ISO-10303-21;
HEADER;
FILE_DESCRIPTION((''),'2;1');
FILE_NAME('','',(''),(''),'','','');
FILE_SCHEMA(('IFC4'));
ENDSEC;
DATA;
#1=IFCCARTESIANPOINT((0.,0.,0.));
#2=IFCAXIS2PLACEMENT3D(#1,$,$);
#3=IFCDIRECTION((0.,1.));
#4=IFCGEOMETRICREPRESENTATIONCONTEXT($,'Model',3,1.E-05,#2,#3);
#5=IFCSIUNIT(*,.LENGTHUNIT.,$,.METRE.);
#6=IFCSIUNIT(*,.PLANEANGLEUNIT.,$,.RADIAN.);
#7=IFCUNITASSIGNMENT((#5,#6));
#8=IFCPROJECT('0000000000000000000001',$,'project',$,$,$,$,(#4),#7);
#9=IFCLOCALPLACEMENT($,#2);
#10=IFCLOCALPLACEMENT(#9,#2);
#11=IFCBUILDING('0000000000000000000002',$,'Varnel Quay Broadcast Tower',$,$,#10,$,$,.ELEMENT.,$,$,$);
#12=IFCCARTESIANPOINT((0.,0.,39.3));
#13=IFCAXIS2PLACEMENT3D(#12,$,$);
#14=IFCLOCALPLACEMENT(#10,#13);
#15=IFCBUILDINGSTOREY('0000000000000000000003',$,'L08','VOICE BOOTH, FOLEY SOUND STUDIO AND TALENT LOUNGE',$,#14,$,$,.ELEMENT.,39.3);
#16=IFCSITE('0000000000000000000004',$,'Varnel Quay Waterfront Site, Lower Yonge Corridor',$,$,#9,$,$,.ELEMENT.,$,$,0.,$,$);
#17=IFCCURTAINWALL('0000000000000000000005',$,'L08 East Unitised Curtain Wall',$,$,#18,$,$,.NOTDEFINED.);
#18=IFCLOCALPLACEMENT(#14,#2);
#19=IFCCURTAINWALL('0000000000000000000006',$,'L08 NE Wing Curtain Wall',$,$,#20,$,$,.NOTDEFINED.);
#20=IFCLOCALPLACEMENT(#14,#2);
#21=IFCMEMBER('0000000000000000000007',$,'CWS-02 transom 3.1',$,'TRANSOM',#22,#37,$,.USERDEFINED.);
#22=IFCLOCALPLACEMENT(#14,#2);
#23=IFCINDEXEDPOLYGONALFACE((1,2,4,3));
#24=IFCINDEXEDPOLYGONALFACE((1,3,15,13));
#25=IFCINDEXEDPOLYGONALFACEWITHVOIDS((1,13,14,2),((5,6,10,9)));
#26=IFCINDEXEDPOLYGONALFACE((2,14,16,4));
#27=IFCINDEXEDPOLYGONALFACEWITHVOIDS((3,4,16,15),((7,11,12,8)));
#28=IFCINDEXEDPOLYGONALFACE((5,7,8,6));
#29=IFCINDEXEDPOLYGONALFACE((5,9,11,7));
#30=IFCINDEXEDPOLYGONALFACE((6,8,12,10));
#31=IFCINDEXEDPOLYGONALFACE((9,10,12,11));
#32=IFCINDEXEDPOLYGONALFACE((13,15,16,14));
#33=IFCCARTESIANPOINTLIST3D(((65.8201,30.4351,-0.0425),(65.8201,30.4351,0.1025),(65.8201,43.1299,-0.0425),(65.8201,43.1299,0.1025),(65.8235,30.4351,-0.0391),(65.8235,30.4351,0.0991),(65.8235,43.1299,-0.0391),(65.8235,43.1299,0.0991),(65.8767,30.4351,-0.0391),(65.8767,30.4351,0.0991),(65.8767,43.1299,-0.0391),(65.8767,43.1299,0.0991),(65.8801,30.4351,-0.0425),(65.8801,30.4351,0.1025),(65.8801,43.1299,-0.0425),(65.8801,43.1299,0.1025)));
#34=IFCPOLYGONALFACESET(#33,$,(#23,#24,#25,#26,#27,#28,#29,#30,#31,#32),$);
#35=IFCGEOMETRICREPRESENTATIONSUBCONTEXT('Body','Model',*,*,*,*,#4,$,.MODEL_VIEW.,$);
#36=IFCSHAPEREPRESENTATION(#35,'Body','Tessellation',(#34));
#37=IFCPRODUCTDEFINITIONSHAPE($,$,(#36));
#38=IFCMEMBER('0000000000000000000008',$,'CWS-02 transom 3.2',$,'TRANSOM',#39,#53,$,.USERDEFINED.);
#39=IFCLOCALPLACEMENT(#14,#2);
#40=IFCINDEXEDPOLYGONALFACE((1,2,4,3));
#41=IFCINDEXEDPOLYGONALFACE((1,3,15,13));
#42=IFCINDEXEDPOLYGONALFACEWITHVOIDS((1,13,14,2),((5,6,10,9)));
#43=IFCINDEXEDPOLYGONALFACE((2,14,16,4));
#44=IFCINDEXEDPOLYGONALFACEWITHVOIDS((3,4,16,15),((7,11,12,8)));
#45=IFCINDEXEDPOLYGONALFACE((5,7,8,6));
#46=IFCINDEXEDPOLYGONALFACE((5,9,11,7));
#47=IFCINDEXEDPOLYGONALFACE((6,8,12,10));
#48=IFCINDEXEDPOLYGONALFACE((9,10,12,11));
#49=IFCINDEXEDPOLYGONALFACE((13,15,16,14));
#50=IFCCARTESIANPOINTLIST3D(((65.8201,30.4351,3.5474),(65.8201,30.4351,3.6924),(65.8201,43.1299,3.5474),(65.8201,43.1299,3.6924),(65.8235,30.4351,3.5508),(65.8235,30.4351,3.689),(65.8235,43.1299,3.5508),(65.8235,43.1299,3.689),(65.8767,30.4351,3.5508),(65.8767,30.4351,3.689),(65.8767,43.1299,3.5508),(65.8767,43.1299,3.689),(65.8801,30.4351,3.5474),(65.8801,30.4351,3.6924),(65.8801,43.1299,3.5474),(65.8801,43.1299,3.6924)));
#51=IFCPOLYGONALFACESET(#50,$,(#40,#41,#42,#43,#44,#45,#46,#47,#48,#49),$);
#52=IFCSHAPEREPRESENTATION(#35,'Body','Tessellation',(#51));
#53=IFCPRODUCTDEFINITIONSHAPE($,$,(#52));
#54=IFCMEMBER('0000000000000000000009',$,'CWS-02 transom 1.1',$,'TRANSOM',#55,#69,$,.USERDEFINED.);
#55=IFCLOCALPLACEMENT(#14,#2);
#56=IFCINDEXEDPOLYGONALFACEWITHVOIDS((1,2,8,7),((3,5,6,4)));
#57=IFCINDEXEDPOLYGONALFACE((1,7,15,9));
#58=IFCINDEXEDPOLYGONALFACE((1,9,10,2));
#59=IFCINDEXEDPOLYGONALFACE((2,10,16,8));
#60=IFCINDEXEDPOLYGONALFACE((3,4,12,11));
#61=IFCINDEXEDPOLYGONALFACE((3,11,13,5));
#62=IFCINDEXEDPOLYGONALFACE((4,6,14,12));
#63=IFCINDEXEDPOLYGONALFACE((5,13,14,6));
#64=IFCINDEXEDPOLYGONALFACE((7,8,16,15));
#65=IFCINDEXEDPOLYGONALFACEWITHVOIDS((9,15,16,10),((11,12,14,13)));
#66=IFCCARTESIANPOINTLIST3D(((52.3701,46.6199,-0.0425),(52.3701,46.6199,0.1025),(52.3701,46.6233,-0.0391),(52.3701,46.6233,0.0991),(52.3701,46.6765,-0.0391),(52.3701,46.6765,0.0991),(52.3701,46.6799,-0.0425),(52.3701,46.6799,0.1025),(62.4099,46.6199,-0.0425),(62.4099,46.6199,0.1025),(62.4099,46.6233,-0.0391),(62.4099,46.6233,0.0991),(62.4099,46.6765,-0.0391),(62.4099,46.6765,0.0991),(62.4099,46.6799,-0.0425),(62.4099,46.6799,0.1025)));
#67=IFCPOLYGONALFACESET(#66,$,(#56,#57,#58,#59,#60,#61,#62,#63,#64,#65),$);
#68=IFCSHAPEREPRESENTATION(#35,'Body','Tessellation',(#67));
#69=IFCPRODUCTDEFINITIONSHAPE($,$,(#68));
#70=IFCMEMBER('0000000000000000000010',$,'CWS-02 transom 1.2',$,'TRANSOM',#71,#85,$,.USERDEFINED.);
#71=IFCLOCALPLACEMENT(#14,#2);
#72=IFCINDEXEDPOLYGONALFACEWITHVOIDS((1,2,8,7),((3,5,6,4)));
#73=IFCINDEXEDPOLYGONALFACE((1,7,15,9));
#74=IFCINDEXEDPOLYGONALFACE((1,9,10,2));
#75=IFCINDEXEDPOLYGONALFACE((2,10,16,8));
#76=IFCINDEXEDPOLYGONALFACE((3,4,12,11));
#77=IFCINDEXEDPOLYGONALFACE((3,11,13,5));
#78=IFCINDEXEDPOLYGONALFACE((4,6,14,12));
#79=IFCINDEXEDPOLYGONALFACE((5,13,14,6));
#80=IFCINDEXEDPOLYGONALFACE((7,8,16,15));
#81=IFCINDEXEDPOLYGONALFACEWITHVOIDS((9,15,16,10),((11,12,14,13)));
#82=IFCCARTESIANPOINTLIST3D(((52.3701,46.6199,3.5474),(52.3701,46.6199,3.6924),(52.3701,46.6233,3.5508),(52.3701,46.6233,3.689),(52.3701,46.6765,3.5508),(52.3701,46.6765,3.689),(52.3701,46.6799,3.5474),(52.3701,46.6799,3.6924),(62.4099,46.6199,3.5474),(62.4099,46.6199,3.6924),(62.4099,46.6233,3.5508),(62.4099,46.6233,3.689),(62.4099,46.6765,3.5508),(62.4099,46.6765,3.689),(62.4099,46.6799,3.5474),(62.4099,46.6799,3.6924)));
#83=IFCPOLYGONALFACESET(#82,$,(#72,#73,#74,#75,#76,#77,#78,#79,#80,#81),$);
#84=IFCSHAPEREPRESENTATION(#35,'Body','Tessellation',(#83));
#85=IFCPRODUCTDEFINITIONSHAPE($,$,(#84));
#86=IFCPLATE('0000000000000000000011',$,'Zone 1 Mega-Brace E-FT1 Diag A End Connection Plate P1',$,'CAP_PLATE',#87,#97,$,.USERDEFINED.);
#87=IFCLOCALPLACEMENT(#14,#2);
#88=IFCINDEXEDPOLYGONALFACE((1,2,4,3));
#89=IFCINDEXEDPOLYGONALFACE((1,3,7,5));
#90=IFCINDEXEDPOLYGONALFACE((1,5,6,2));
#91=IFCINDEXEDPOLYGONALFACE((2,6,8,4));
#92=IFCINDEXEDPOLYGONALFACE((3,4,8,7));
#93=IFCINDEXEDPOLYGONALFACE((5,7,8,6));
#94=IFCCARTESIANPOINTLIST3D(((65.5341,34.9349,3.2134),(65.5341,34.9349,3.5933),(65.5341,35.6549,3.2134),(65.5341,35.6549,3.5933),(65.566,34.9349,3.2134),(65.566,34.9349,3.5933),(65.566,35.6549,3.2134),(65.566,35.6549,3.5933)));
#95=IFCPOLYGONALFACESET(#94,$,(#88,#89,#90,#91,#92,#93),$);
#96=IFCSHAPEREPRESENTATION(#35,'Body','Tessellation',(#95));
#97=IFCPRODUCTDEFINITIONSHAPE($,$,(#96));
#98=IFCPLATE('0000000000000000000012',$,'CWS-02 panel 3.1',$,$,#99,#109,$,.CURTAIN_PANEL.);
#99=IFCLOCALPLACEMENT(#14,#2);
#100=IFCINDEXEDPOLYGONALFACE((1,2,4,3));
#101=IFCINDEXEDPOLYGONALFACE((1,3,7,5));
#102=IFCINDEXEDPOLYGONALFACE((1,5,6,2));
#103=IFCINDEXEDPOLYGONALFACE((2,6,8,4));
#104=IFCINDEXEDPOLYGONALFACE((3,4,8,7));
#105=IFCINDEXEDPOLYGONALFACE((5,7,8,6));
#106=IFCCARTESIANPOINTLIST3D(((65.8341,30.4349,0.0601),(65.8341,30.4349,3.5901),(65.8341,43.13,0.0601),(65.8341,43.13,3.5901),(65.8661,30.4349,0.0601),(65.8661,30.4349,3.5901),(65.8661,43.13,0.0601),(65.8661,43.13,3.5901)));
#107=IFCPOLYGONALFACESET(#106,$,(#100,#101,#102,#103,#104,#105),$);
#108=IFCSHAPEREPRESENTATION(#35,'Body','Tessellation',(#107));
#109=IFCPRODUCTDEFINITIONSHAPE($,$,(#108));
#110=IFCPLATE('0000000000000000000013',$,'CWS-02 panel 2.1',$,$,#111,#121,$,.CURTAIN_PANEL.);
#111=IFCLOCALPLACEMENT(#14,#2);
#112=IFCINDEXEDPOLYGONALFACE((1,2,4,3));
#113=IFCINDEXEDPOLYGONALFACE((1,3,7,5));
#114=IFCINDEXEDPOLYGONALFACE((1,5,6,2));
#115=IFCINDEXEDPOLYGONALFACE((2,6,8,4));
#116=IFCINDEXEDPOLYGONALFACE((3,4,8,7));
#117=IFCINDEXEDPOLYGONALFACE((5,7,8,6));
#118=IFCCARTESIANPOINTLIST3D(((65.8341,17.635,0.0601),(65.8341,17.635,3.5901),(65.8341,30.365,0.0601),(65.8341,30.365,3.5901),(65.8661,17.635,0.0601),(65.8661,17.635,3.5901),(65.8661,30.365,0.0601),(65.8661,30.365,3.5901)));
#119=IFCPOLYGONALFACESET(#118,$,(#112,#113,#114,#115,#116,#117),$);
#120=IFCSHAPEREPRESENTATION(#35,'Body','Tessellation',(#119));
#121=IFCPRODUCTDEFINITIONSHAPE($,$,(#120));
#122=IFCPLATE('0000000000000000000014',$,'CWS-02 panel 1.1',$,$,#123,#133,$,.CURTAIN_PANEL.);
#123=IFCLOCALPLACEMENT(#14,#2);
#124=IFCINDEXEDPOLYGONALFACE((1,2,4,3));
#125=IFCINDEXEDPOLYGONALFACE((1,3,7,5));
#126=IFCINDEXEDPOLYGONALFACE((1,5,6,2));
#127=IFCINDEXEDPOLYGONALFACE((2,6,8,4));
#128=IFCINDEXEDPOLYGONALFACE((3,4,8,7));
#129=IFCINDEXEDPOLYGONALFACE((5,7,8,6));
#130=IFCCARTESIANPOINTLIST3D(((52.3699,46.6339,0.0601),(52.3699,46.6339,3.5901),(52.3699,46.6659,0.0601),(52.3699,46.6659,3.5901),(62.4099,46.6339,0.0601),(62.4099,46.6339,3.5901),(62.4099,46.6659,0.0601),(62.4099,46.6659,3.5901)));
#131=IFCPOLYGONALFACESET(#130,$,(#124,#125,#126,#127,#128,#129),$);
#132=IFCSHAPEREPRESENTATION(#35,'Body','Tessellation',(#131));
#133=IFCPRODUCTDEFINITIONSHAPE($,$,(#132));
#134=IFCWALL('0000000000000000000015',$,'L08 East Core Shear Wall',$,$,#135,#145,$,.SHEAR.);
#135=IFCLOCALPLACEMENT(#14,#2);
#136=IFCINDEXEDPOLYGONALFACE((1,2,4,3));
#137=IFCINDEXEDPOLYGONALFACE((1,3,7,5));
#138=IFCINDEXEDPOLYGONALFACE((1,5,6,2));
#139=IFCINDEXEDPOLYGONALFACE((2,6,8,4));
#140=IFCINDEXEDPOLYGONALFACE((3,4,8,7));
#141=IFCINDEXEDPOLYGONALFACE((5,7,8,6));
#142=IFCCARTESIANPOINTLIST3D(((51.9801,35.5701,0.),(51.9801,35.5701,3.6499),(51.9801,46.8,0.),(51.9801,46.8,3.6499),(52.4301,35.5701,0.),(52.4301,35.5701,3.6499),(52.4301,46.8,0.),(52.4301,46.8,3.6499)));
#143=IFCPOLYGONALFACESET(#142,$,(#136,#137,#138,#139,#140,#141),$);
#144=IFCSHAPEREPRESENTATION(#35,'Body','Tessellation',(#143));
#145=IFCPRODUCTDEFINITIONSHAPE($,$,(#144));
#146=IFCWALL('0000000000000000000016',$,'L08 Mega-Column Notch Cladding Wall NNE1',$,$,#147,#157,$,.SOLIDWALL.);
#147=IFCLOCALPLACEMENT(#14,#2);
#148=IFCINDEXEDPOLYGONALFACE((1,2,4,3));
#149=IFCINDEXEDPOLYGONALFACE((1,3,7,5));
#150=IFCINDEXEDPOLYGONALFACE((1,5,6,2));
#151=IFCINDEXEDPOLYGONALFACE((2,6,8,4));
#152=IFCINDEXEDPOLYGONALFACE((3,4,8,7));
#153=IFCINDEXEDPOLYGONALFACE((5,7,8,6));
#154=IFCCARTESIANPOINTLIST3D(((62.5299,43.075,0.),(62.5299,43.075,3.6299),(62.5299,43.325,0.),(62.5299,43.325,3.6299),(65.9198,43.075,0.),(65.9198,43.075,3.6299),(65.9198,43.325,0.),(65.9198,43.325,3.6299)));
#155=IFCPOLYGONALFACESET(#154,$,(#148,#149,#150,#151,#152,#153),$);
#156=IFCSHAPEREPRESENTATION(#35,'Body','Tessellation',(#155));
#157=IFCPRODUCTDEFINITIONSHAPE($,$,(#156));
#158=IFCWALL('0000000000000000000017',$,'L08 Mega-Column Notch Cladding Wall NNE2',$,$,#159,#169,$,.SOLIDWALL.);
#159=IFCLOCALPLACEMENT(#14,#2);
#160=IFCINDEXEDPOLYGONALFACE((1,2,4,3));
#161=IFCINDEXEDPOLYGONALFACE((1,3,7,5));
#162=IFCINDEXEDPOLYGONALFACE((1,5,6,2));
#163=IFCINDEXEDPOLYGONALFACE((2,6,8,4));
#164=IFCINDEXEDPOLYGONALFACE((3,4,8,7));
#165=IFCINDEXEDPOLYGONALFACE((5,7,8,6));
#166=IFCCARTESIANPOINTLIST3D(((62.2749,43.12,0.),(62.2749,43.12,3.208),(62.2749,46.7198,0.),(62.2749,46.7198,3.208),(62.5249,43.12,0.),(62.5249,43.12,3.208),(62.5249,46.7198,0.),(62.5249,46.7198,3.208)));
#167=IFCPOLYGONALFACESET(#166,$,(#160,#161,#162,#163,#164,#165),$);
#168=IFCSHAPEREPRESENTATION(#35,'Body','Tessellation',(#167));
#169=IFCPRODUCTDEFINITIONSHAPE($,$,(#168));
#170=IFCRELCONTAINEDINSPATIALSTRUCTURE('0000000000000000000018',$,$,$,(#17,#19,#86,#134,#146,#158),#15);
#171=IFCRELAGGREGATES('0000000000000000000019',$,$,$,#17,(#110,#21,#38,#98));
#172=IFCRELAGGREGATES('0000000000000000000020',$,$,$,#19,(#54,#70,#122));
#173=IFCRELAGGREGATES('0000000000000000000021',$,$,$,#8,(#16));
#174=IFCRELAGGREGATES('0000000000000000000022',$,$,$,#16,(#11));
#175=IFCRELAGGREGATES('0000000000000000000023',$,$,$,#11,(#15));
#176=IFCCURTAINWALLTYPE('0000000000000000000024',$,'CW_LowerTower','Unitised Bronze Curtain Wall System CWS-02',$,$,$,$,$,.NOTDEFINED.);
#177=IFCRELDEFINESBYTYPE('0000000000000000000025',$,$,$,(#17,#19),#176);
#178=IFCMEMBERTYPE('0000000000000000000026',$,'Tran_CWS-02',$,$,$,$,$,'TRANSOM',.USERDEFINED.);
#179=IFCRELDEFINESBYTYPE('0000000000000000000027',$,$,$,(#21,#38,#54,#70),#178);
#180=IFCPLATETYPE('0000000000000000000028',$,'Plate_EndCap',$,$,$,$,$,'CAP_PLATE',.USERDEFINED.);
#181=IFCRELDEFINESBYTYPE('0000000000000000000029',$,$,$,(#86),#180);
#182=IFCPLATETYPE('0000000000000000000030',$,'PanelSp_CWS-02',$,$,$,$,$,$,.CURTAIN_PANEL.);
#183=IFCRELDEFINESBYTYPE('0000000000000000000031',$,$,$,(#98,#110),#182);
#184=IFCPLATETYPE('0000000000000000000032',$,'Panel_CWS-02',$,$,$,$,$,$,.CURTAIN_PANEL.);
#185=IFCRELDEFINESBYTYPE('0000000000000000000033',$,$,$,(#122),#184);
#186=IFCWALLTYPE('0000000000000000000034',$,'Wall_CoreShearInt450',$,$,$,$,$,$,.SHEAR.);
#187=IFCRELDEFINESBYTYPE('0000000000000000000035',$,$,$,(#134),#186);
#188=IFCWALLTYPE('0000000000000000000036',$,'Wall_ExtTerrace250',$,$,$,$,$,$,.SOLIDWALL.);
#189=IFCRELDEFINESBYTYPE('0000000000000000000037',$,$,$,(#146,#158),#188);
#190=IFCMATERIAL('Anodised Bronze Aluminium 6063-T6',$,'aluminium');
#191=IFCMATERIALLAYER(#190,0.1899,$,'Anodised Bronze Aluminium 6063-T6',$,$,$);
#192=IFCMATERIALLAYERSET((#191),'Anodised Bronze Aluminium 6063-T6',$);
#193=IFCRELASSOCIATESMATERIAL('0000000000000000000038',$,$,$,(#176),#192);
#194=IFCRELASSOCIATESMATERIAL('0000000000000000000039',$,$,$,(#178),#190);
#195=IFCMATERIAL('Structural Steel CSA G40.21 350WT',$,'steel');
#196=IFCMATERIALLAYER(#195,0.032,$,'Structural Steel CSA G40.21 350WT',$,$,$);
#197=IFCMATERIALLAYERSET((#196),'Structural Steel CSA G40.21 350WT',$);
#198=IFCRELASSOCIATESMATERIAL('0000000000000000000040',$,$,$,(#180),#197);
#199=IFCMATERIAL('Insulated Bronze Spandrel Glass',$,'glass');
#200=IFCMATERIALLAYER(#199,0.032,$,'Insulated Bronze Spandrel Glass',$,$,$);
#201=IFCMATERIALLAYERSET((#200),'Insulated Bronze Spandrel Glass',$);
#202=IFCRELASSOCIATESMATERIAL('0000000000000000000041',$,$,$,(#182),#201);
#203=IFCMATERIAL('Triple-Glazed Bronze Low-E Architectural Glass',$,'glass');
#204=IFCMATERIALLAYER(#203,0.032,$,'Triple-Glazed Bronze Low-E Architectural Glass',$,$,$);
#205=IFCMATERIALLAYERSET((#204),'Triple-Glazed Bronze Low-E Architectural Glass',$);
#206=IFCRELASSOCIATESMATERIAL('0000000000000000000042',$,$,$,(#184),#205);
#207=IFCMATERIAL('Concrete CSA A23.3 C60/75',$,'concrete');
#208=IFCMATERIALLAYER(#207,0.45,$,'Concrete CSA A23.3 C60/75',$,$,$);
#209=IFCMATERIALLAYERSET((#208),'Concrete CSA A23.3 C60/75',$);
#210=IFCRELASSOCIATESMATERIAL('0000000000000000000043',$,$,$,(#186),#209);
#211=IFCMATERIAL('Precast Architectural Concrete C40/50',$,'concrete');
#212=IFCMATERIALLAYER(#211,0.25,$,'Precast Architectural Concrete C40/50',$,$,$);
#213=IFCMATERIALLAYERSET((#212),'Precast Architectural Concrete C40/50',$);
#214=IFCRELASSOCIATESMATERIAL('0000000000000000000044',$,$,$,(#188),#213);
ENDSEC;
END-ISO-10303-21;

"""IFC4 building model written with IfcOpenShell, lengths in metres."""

from ifc_helpers import new_model, si_unit, direction, frame, frame_2d, origin, origin_2d, place, context, subcontext, project, spatial, rectangle, hollow_rectangle, extrude, source, transform, mapped, material, layer, layer_set, material_profile, profile_set, type_object, type_shapes, element, aggregate, save


model = new_model("IFC4")

# Units and contexts
model_context = context("Model", 3, precision=1e-05, world=origin(), true_north=direction((0.0, 1.0)))
body_context = subcontext(model_context, "Body", "Model", "MODEL_VIEW")
ifc_project = project(units=[si_unit("LENGTHUNIT", "METRE"), si_unit("PLANEANGLEUNIT", "RADIAN")], contexts=[model_context])

# Site, building, storey
site_placement = place(None, origin())
site = spatial("IfcSite", under=ifc_project, at=site_placement, Name="Varnel Quay Waterfront Site, Lower Yonge Corridor", CompositionType="ELEMENT", RefElevation=0.0)
building_placement = place(site_placement, origin())
building = spatial("IfcBuilding", under=site, at=building_placement, Name="Varnel Quay Broadcast Tower", CompositionType="ELEMENT")
storey_placement = place(building_placement, frame((0.0, 0.0, 39.3)))
storey = spatial("IfcBuildingStorey", under=building, at=storey_placement, Name="L08", Description="VOICE BOOTH, FOLEY SOUND STUDIO AND TALENT LOUNGE", CompositionType="ELEMENT", Elevation=39.3)

# Shared definitions
ifc_material_1 = material(Name="Structural Steel CSA G40.21 350WT", Category="steel")

# Curtain walls
ifc_material_2 = material(Name="Anodised Bronze Aluminium 6063-T6", Category="aluminium")
ifc_layer_1 = layer(ifc_material_2, 0.1899, Name="Anodised Bronze Aluminium 6063-T6")
ifc_layer_set_1 = layer_set([ifc_layer_1], Name="Anodised Bronze Aluminium 6063-T6")
curtain_wall_type = type_object("IfcCurtainWallType", Name="CW_LowerTower", Description="Unitised Bronze Curtain Wall System CWS-02", PredefinedType="NOTDEFINED", material=ifc_layer_set_1)
curtain_wall_1_placement = place(storey_placement, origin())
curtain_wall_1 = element("IfcCurtainWall", 1, at=curtain_wall_1_placement, inside=storey, type_object=curtain_wall_type, Name="L08 East Unitised Curtain Wall", PredefinedType="NOTDEFINED")
curtain_wall_2_placement = place(storey_placement, origin())
curtain_wall_2 = element("IfcCurtainWall", 2, at=curtain_wall_2_placement, inside=storey, type_object=curtain_wall_type, Name="L08 NE Wing Curtain Wall", PredefinedType="NOTDEFINED")

# Members
ifc_material_profile_1 = material_profile(ifc_material_2, hollow_rectangle(XDim=0.0601, YDim=0.145, WallThickness=0.0034, at=origin_2d()), Name="ALU60X145X3.5")
ifc_profile_set_1 = profile_set([ifc_material_profile_1], Name="Anodised Bronze Aluminium 6063-T6")
member_type_1 = type_object("IfcMemberType", Name="Tran_CWS-02", ElementType="TRANSOM", PredefinedType="USERDEFINED", material=ifc_profile_set_1)
shared_shape_1 = source(origin(), body_context, "Body", "SweptSolid", [
    extrude(hollow_rectangle(XDim=0.0601, YDim=0.145, WallThickness=0.0034, at=origin_2d()), origin(), (0.0, 0.0, 1.0), 12.6948),
])
member_1_placement = place(storey_placement, frame((65.8501, 30.4351, 0.03), z_axis=(0.0, 1.0, 0.0), x_axis=(-1.0, 0.0, 0.0)))
member_1 = element("IfcMember", 3, at=member_1_placement, type_object=member_type_1, Name="CWS-02 transom 3.1", ObjectType="TRANSOM", PredefinedType="USERDEFINED", context=body_context, shape_type="MappedRepresentation", body=[
    mapped(shared_shape_1, transform((0.0, 0.0, 0.0), x_axis=(1.0, 0.0, 0.0), y_axis=(0.0, 1.0, 0.0), z_axis=(0.0, 0.0, 1.0), scale=1.0)),
])
member_2_placement = place(storey_placement, frame((65.8501, 30.4351, 3.6199), z_axis=(0.0, 1.0, 0.0), x_axis=(-1.0, 0.0, 0.0)))
member_2 = element("IfcMember", 4, at=member_2_placement, type_object=member_type_1, Name="CWS-02 transom 3.2", ObjectType="TRANSOM", PredefinedType="USERDEFINED", context=body_context, shape_type="MappedRepresentation", body=[
    mapped(shared_shape_1, transform((0.0, 0.0, 0.0), x_axis=(1.0, 0.0, 0.0), y_axis=(0.0, 1.0, 0.0), z_axis=(0.0, 0.0, 1.0), scale=1.0)),
])
shared_shape_2 = source(origin(), body_context, "Body", "SweptSolid", [
    extrude(hollow_rectangle(XDim=0.0601, YDim=0.145, WallThickness=0.0034, at=origin_2d()), origin(), (0.0, 0.0, 1.0), 10.0398),
])
type_shapes(member_type_1, [shared_shape_1, shared_shape_2])
member_3_placement = place(storey_placement, frame((52.3701, 46.6499, 0.03), z_axis=(1.0, 0.0, 0.0), x_axis=(0.0, 1.0, 0.0)))
member_3 = element("IfcMember", 5, at=member_3_placement, type_object=member_type_1, Name="CWS-02 transom 1.1", ObjectType="TRANSOM", PredefinedType="USERDEFINED", context=body_context, shape_type="MappedRepresentation", body=[
    mapped(shared_shape_2, transform((0.0, 0.0, 0.0), x_axis=(1.0, 0.0, 0.0), y_axis=(0.0, 1.0, 0.0), z_axis=(0.0, 0.0, 1.0), scale=1.0)),
])
member_4_placement = place(storey_placement, frame((52.3701, 46.6499, 3.6199), z_axis=(1.0, 0.0, 0.0), x_axis=(0.0, 1.0, 0.0)))
member_4 = element("IfcMember", 6, at=member_4_placement, type_object=member_type_1, Name="CWS-02 transom 1.2", ObjectType="TRANSOM", PredefinedType="USERDEFINED", context=body_context, shape_type="MappedRepresentation", body=[
    mapped(shared_shape_2, transform((0.0, 0.0, 0.0), x_axis=(1.0, 0.0, 0.0), y_axis=(0.0, 1.0, 0.0), z_axis=(0.0, 0.0, 1.0), scale=1.0)),
])

# Plates
ifc_layer_2 = layer(ifc_material_1, 0.032, Name="Structural Steel CSA G40.21 350WT")
ifc_layer_set_2 = layer_set([ifc_layer_2], Name="Structural Steel CSA G40.21 350WT")
plate_type_1 = type_object("IfcPlateType", Name="Plate_EndCap", ElementType="CAP_PLATE", PredefinedType="USERDEFINED", material=ifc_layer_set_2)
shared_shape_3 = source(origin(), body_context, "Body", "SweptSolid", [
    extrude(rectangle(XDim=0.72, YDim=0.032, at=origin_2d()), origin(), (0.0, 0.0, 1.0), 0.3799),
])
type_shapes(plate_type_1, [shared_shape_3])
plate_1_placement = place(storey_placement, frame((65.55, 35.2949, 3.2134), z_axis=(0.0, 0.0, 1.0), x_axis=(0.0, 1.0, 0.0)))
element("IfcPlate", 7, at=plate_1_placement, inside=storey, type_object=plate_type_1, Name="Zone 1 Mega-Brace E-FT1 Diag A End Connection Plate P1", ObjectType="CAP_PLATE", PredefinedType="USERDEFINED", context=body_context, shape_type="MappedRepresentation", body=[
    mapped(shared_shape_3, transform((0.0, 0.0, 0.0), x_axis=(1.0, 0.0, 0.0), y_axis=(0.0, 1.0, 0.0), z_axis=(0.0, 0.0, 1.0), scale=1.0)),
])
ifc_material_3 = material(Name="Insulated Bronze Spandrel Glass", Category="glass")
ifc_layer_3 = layer(ifc_material_3, 0.032, Name="Insulated Bronze Spandrel Glass")
ifc_layer_set_3 = layer_set([ifc_layer_3], Name="Insulated Bronze Spandrel Glass")
plate_type_2 = type_object("IfcPlateType", Name="PanelSp_CWS-02", PredefinedType="CURTAIN_PANEL", material=ifc_layer_set_3)
shared_shape_4 = source(origin(), body_context, "Body", "SweptSolid", [
    extrude(rectangle(XDim=12.6951, YDim=0.032, at=origin_2d()), origin(), (0.0, 0.0, 1.0), 3.53),
])
plate_2_placement = place(storey_placement, frame((65.8501, 36.7825, 0.0601), z_axis=(0.0, 0.0, 1.0), x_axis=(0.0, 1.0, 0.0)))
plate_2 = element("IfcPlate", 8, at=plate_2_placement, type_object=plate_type_2, Name="CWS-02 panel 3.1", PredefinedType="CURTAIN_PANEL", context=body_context, shape_type="MappedRepresentation", body=[
    mapped(shared_shape_4, transform((0.0, 0.0, 0.0), x_axis=(1.0, 0.0, 0.0), y_axis=(0.0, 1.0, 0.0), z_axis=(0.0, 0.0, 1.0), scale=1.0)),
])
shared_shape_5 = source(origin(), body_context, "Body", "SweptSolid", [
    extrude(rectangle(XDim=12.73, YDim=0.032, at=origin_2d()), origin(), (0.0, 0.0, 1.0), 3.53),
])
type_shapes(plate_type_2, [shared_shape_4, shared_shape_5])
plate_3_placement = place(storey_placement, frame((65.8501, 24.0, 0.0601), z_axis=(0.0, 0.0, 1.0), x_axis=(0.0, 1.0, 0.0)))
plate_3 = element("IfcPlate", 9, at=plate_3_placement, type_object=plate_type_2, Name="CWS-02 panel 2.1", PredefinedType="CURTAIN_PANEL", context=body_context, shape_type="MappedRepresentation", body=[
    mapped(shared_shape_5, transform((0.0, 0.0, 0.0), x_axis=(1.0, 0.0, 0.0), y_axis=(0.0, 1.0, 0.0), z_axis=(0.0, 0.0, 1.0), scale=1.0)),
])
aggregate(curtain_wall_1, [plate_3, member_1, member_2, plate_2])
ifc_material_4 = material(Name="Triple-Glazed Bronze Low-E Architectural Glass", Category="glass")
ifc_layer_4 = layer(ifc_material_4, 0.032, Name="Triple-Glazed Bronze Low-E Architectural Glass")
ifc_layer_set_4 = layer_set([ifc_layer_4], Name="Triple-Glazed Bronze Low-E Architectural Glass")
plate_type_3 = type_object("IfcPlateType", Name="Panel_CWS-02", PredefinedType="CURTAIN_PANEL", material=ifc_layer_set_4)
shared_shape_6 = source(origin(), body_context, "Body", "SweptSolid", [
    extrude(rectangle(XDim=10.04, YDim=0.032, at=origin_2d()), origin(), (0.0, 0.0, 1.0), 3.53),
])
type_shapes(plate_type_3, [shared_shape_6])
plate_4_placement = place(storey_placement, frame((57.3899, 46.6499, 0.0601), z_axis=(0.0, 0.0, 1.0), x_axis=(1.0, 0.0, 0.0)))
plate_4 = element("IfcPlate", 10, at=plate_4_placement, type_object=plate_type_3, Name="CWS-02 panel 1.1", PredefinedType="CURTAIN_PANEL", context=body_context, shape_type="MappedRepresentation", body=[
    mapped(shared_shape_6, transform((0.0, 0.0, 0.0), x_axis=(1.0, 0.0, 0.0), y_axis=(0.0, 1.0, 0.0), z_axis=(0.0, 0.0, 1.0), scale=1.0)),
])
aggregate(curtain_wall_2, [member_3, member_4, plate_4])

# Walls
ifc_material_5 = material(Name="Concrete CSA A23.3 C60/75", Category="concrete")
ifc_layer_5 = layer(ifc_material_5, 0.45, Name="Concrete CSA A23.3 C60/75")
ifc_layer_set_5 = layer_set([ifc_layer_5], Name="Concrete CSA A23.3 C60/75")
wall_type_1 = type_object("IfcWallType", Name="Wall_CoreShearInt450", PredefinedType="SHEAR", material=ifc_layer_set_5)
wall_1_placement = place(storey_placement, frame((52.2051, 35.5701, 0.0), z_axis=(0.0, 0.0, 1.0), x_axis=(0.0, 1.0, 0.0)))
element("IfcWall", 11, at=wall_1_placement, inside=storey, type_object=wall_type_1, Name="L08 East Core Shear Wall", PredefinedType="SHEAR", context=body_context, shape_type="SweptSolid", body=[
    extrude(rectangle(XDim=11.23, YDim=0.45, at=frame_2d((5.615, 0.0))), origin(), (0.0, 0.0, 1.0), 3.6499),
])
ifc_material_6 = material(Name="Precast Architectural Concrete C40/50", Category="concrete")
ifc_layer_6 = layer(ifc_material_6, 0.25, Name="Precast Architectural Concrete C40/50")
ifc_layer_set_6 = layer_set([ifc_layer_6], Name="Precast Architectural Concrete C40/50")
wall_type_2 = type_object("IfcWallType", Name="Wall_ExtTerrace250", PredefinedType="SOLIDWALL", material=ifc_layer_set_6)
wall_2_placement = place(storey_placement, frame((62.53, 43.2, 0.0), z_axis=(0.0, 0.0, 1.0), x_axis=(1.0, 0.0, 0.0)))
element("IfcWall", 12, at=wall_2_placement, inside=storey, type_object=wall_type_2, Name="L08 Mega-Column Notch Cladding Wall NNE1", PredefinedType="SOLIDWALL", context=body_context, shape_type="SweptSolid", body=[
    extrude(rectangle(XDim=3.3899, YDim=0.25, at=frame_2d((1.6948, 0.0))), origin(), (0.0, 0.0, 1.0), 3.6299),
])
wall_3_placement = place(storey_placement, frame((62.3999, 43.1201, 0.0), z_axis=(0.0, 0.0, 1.0), x_axis=(0.0, 1.0, 0.0)))
element("IfcWall", 13, at=wall_3_placement, inside=storey, type_object=wall_type_2, Name="L08 Mega-Column Notch Cladding Wall NNE2", PredefinedType="SOLIDWALL", context=body_context, shape_type="SweptSolid", body=[
    extrude(rectangle(XDim=3.5999, YDim=0.25, at=frame_2d((1.7998, 0.0))), origin(), (0.0, 0.0, 1.0), 3.208),
])

save(model, "model.ifc")
